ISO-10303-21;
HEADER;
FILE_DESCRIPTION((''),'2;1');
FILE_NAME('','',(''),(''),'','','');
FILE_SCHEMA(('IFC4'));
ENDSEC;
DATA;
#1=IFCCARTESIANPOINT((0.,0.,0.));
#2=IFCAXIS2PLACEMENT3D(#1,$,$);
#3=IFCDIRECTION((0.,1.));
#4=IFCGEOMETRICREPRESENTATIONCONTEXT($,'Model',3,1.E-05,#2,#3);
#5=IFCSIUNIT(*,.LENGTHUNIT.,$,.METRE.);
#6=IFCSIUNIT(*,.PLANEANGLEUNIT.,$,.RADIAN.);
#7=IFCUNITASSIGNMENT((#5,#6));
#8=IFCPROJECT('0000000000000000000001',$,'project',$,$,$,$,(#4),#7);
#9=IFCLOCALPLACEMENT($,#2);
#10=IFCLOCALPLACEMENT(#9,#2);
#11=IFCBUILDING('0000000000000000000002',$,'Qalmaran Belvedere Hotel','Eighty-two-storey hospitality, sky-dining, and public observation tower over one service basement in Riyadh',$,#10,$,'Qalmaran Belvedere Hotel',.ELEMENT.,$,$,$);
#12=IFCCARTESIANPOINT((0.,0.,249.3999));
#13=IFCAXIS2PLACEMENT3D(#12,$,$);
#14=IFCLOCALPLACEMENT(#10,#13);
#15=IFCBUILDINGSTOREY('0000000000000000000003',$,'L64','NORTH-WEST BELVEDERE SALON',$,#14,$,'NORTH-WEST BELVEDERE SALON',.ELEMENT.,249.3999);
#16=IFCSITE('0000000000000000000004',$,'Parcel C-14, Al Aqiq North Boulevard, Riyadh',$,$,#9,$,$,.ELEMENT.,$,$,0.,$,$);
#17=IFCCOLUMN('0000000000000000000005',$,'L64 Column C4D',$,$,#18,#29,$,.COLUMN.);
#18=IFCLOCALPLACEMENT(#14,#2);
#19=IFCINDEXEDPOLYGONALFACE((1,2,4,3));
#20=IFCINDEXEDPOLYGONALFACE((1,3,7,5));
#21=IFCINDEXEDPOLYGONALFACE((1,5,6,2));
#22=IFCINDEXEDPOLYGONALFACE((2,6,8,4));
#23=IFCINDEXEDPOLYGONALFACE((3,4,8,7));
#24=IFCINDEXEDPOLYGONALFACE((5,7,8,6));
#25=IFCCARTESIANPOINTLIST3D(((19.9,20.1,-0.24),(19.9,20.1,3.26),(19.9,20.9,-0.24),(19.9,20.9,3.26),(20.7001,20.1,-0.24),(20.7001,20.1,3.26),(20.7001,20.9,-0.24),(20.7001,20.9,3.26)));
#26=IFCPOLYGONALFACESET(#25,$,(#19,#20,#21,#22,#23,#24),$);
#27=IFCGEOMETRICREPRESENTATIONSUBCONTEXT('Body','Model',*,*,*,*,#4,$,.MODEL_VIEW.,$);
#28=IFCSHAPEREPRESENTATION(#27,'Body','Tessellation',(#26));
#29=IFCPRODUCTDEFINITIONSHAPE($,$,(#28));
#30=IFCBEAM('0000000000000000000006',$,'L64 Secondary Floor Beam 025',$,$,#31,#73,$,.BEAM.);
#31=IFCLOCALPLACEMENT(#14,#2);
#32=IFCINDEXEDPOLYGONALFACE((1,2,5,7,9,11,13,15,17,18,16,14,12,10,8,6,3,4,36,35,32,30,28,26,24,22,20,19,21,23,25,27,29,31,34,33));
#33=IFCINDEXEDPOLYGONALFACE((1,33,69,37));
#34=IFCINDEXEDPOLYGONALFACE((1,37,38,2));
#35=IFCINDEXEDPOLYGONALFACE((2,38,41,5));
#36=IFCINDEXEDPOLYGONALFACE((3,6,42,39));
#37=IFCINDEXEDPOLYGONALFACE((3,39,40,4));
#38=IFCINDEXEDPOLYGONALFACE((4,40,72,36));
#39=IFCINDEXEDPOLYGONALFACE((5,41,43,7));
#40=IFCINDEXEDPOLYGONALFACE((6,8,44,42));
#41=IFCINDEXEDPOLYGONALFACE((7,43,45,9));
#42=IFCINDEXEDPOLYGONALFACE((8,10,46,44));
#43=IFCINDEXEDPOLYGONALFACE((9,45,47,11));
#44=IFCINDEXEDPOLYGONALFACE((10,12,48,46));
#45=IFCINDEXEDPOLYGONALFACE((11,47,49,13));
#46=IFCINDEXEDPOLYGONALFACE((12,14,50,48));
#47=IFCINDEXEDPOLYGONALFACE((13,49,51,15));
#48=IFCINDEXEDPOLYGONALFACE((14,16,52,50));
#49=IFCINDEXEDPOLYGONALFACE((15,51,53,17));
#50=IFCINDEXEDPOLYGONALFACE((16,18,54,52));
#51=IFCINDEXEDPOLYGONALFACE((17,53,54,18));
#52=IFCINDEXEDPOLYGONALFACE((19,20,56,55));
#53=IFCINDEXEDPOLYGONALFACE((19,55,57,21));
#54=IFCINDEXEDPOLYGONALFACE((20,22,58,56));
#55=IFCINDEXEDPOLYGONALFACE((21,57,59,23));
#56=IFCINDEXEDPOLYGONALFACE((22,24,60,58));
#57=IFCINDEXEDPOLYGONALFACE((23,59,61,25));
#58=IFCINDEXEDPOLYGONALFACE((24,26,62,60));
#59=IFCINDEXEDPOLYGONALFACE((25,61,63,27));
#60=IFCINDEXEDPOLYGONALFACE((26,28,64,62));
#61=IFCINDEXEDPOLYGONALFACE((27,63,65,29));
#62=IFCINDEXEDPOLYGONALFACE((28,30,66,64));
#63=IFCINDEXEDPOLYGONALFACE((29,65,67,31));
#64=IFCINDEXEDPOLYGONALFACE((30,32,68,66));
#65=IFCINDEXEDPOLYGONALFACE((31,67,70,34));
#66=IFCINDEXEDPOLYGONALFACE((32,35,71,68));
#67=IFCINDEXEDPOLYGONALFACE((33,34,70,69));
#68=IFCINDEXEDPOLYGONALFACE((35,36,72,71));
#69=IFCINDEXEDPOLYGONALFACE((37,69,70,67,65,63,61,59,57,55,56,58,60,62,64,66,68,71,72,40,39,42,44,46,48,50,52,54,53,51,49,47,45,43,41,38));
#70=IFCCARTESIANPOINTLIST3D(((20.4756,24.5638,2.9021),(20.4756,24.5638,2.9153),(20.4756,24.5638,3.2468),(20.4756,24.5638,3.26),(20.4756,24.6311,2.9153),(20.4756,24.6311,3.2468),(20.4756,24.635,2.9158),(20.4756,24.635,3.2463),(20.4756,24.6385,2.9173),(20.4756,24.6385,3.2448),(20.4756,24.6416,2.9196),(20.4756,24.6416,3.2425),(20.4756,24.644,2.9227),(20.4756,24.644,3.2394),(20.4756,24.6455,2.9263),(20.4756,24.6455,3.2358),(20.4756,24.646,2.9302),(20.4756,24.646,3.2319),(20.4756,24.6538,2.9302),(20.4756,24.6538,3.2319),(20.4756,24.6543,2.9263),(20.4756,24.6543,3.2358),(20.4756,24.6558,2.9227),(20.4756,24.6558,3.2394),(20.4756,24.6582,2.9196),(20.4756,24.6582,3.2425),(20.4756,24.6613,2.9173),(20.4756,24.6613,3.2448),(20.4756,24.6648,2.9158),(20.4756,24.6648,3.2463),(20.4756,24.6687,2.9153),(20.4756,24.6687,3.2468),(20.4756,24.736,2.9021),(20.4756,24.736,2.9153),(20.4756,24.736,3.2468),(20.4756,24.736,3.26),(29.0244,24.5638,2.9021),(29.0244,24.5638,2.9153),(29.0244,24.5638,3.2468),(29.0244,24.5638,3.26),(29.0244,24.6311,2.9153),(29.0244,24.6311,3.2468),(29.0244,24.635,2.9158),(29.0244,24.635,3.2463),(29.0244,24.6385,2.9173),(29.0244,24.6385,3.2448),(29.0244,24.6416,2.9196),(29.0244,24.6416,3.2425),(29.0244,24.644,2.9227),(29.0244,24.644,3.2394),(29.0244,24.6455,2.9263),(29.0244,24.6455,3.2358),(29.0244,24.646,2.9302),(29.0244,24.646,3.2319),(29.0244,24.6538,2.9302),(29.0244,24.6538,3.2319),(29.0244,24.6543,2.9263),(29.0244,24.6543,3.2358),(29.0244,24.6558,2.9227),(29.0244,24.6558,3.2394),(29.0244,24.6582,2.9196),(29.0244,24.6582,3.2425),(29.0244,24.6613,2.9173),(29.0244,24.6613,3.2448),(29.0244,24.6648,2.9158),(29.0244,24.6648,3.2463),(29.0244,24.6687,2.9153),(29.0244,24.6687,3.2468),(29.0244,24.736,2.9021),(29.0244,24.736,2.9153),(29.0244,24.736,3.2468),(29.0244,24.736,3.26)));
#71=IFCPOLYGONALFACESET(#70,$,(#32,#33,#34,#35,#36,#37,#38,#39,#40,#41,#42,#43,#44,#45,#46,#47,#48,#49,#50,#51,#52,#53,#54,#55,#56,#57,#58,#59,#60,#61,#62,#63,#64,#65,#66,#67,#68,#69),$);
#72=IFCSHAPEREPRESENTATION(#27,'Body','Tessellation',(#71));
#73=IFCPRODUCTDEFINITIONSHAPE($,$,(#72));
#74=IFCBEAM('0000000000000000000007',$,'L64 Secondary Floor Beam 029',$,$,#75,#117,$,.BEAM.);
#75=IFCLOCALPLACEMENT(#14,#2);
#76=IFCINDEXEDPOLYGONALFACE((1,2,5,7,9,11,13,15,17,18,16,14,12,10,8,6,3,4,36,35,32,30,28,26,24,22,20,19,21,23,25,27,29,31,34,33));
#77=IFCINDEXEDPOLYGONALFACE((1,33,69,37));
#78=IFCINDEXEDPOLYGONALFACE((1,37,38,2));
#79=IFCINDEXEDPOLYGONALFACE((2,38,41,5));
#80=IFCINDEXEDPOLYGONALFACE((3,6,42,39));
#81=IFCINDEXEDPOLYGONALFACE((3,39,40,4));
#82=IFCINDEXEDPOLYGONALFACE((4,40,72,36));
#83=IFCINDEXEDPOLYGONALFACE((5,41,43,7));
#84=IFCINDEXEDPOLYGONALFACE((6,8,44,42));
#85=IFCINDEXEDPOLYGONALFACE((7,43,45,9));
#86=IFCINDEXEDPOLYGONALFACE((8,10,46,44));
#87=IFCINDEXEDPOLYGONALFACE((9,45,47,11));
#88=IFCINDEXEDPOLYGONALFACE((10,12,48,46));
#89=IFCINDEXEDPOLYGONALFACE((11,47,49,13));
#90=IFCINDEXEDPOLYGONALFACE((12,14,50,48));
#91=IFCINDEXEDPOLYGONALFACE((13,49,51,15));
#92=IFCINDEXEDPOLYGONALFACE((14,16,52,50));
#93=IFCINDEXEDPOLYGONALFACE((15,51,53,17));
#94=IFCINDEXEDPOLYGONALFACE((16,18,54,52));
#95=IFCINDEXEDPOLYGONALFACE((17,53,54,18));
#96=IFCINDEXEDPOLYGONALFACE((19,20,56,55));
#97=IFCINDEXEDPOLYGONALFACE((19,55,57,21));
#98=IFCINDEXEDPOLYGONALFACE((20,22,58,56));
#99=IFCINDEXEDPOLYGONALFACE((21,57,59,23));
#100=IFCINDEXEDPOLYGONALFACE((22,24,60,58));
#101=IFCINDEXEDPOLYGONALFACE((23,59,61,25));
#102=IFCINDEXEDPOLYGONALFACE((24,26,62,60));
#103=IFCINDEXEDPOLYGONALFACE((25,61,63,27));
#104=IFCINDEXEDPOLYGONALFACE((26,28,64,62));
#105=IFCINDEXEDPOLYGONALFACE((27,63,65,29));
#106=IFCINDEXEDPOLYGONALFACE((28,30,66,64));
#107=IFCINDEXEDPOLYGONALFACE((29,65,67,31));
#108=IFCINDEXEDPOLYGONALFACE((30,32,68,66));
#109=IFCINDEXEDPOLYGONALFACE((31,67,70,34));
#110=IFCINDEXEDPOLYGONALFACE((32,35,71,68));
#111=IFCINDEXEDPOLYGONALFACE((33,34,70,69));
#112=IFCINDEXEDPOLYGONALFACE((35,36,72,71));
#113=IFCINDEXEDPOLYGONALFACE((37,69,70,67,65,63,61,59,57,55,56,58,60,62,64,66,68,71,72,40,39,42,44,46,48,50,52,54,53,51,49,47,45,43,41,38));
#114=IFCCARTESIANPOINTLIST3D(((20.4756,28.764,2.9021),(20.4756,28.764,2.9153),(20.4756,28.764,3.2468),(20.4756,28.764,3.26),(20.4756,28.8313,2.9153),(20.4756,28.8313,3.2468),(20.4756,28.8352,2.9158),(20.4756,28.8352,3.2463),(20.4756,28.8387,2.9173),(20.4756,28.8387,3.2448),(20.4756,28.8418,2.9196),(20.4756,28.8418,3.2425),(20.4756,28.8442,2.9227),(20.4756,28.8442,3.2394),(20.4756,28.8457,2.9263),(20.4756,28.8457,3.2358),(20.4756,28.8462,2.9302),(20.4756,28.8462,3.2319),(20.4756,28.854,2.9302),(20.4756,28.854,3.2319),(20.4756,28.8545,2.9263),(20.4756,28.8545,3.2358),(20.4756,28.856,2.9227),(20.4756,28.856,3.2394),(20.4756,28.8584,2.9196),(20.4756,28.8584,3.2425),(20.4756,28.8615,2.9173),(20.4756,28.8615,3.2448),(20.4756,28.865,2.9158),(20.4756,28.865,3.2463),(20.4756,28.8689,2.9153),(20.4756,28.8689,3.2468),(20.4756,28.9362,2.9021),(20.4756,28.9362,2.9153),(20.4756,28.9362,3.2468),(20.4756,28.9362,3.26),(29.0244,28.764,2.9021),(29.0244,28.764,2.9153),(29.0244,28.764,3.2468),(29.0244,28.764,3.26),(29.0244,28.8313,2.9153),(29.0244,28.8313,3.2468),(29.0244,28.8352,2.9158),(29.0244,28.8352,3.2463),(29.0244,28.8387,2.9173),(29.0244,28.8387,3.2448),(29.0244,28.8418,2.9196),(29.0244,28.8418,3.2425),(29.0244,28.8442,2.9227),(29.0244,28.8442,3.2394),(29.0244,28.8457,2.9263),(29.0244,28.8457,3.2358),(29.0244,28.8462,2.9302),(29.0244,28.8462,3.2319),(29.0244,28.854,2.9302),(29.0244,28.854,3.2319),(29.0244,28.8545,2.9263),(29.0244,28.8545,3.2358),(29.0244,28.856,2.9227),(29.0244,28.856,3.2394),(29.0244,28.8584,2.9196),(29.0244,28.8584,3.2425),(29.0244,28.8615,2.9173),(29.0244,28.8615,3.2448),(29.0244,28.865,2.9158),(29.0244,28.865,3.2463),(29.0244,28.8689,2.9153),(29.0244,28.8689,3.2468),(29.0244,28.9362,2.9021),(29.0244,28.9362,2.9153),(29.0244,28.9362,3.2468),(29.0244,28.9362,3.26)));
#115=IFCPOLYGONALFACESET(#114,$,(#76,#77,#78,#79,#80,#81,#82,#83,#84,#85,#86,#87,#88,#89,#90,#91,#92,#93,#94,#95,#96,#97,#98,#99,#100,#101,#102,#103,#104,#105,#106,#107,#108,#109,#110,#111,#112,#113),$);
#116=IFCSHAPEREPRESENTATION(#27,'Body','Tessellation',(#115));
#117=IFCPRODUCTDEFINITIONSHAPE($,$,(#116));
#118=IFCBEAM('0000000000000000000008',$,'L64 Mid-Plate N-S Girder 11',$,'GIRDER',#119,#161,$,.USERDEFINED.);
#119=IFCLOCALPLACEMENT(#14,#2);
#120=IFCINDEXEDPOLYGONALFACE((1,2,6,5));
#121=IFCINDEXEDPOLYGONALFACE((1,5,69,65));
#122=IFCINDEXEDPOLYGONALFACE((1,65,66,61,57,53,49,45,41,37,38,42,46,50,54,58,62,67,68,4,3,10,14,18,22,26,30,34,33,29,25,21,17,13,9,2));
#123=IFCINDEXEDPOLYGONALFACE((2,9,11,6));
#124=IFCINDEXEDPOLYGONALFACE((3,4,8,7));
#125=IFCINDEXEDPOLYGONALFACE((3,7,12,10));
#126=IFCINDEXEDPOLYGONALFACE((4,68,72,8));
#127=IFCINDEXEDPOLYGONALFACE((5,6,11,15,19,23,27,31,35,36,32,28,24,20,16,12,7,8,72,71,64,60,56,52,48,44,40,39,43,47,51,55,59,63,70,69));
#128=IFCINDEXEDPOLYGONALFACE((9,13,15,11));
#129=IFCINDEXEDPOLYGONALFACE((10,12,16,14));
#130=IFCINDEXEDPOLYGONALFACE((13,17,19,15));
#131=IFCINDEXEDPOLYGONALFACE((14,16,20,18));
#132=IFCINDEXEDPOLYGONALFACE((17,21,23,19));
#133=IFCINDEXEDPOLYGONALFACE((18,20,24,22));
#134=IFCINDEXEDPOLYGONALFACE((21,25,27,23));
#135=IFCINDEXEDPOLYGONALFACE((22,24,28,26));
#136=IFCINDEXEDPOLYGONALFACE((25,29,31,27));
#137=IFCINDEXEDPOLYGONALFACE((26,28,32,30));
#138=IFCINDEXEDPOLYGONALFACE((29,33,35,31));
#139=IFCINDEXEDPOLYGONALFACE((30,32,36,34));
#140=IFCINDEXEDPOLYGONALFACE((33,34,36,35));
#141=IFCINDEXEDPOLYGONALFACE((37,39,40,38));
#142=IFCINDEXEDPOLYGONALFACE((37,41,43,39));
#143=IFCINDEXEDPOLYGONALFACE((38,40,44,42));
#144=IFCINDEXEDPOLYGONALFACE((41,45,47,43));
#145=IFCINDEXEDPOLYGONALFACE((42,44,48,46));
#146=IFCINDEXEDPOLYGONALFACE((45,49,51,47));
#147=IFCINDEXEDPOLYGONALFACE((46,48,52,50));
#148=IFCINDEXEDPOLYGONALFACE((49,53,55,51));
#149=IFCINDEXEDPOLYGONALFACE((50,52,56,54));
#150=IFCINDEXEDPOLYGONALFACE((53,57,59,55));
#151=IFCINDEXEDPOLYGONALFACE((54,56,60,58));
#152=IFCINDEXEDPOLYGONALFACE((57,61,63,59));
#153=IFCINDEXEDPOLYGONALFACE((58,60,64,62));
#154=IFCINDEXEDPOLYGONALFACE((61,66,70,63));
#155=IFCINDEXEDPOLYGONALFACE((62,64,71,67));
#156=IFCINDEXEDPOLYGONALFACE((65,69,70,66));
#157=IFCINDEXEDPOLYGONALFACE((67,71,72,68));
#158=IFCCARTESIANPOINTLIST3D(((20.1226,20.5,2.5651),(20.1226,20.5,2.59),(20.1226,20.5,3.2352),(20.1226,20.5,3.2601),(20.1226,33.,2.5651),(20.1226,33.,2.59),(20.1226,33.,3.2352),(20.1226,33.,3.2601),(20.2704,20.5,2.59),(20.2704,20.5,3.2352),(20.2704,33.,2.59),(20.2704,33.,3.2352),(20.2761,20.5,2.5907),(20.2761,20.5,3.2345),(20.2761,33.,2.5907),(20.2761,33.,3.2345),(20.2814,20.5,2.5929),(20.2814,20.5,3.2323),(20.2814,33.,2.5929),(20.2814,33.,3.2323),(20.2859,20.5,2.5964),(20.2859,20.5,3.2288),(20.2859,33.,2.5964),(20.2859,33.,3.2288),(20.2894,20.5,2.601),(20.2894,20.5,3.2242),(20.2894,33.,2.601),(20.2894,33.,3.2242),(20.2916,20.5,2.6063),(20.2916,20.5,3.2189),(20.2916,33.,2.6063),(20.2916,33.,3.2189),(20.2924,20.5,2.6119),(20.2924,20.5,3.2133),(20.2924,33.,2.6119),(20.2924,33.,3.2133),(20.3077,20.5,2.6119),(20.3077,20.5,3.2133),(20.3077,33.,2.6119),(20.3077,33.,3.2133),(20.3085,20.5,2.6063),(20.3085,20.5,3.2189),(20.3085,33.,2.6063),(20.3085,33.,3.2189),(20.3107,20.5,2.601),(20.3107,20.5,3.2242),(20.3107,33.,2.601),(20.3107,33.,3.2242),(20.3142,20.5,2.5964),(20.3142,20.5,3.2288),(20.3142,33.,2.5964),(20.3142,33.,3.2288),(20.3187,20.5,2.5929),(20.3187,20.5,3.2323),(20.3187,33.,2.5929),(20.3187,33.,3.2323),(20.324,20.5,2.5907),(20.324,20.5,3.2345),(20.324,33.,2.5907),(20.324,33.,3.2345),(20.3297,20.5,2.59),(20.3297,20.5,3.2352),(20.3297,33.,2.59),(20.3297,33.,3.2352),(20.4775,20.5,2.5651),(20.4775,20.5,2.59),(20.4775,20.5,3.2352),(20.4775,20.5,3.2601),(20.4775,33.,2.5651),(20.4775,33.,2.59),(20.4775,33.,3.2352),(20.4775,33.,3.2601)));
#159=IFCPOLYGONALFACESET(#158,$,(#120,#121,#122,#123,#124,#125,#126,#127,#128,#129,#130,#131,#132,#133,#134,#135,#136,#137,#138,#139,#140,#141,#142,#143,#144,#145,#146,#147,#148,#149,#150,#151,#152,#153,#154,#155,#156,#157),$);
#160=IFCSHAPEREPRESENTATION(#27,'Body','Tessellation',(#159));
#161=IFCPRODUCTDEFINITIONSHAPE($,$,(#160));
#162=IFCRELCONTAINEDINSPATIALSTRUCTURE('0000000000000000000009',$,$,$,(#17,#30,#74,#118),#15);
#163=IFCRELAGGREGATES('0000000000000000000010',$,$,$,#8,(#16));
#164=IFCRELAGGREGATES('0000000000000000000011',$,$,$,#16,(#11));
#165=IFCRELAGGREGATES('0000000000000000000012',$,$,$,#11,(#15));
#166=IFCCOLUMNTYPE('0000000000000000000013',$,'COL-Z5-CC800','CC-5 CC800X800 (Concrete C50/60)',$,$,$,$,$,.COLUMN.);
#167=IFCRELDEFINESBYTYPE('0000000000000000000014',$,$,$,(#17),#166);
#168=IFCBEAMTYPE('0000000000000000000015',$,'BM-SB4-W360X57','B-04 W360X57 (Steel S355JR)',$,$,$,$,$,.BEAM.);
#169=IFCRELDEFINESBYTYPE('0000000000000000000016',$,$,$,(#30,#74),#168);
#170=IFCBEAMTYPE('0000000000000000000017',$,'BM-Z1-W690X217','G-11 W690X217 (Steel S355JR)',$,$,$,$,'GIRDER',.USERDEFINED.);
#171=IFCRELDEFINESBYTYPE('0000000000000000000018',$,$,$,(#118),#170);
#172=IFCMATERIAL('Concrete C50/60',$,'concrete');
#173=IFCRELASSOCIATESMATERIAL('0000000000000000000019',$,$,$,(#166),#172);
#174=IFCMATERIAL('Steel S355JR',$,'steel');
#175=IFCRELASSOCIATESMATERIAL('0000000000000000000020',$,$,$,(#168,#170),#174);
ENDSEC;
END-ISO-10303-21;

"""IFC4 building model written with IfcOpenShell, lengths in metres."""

from ifc_helpers import new_model, si_unit, direction, frame, origin, origin_2d, place, context, subcontext, project, spatial, rectangle, i_section, extrude, material, material_profile, profile_set, type_object, element, save


model = new_model("IFC4")

# Units and contexts
model_context = context("Model", 3, precision=1e-05, world=origin(), true_north=direction((0.0, 1.0)))
body_context = subcontext(model_context, "Body", "Model", "MODEL_VIEW")
ifc_project = project(units=[si_unit("LENGTHUNIT", "METRE"), si_unit("PLANEANGLEUNIT", "RADIAN")], contexts=[model_context])

# Site, building, storey
site_placement = place(None, origin())
site = spatial("IfcSite", under=ifc_project, at=site_placement, Name="Parcel C-14, Al Aqiq North Boulevard, Riyadh", CompositionType="ELEMENT", RefElevation=0.0)
building_placement = place(site_placement, origin())
building = spatial("IfcBuilding", under=site, at=building_placement, Name="Qalmaran Belvedere Hotel", Description="Eighty-two-storey hospitality, sky-dining, and public observation tower over one service basement in Riyadh", LongName="Qalmaran Belvedere Hotel", CompositionType="ELEMENT")
storey_placement = place(building_placement, frame((0.0, 0.0, 249.3999)))
storey = spatial("IfcBuildingStorey", under=building, at=storey_placement, Name="L64", Description="NORTH-WEST BELVEDERE SALON", LongName="NORTH-WEST BELVEDERE SALON", CompositionType="ELEMENT", Elevation=249.3999)

# Column
ifc_material_1 = material(Name="Concrete C50/60", Category="concrete")
ifc_material_profile_1 = material_profile(ifc_material_1, rectangle(XDim=0.8, YDim=0.8, at=origin_2d()), Name="CC800X800")
ifc_profile_set_1 = profile_set([ifc_material_profile_1], Name="Concrete C50/60")
column_type = type_object("IfcColumnType", Name="COL-Z5-CC800", Description="CC-5 CC800X800 (Concrete C50/60)", PredefinedType="COLUMN", material=ifc_profile_set_1)
column_placement = place(storey_placement, frame((20.3, 20.5, -0.24), z_axis=(0.0, 0.0, 1.0), x_axis=(1.0, 0.0, 0.0)))
element("IfcColumn", 1, at=column_placement, inside=storey, type_object=column_type, Name="L64 Column C4D", PredefinedType="COLUMN", context=body_context, shape_type="SweptSolid", body=[
    extrude(rectangle(XDim=0.8, YDim=0.8, at=origin_2d()), origin(), (0.0, 0.0, 1.0), 3.5),
])

# Beams
ifc_material_2 = material(Name="Steel S355JR", Category="steel")
ifc_material_profile_2 = material_profile(ifc_material_2, i_section(OverallWidth=0.1721, OverallDepth=0.3579, WebThickness=0.0078, FlangeThickness=0.0132, FilletRadius=0.0149, at=origin_2d()), Name="W360X57")
ifc_profile_set_2 = profile_set([ifc_material_profile_2], Name="Steel S355JR")
beam_type_1 = type_object("IfcBeamType", Name="BM-SB4-W360X57", Description="B-04 W360X57 (Steel S355JR)", PredefinedType="BEAM", material=ifc_profile_set_2)
for number, where, z_axis, x_axis, name in (
    (2, (20.4756, 24.6499, 3.0811), (1.0, 0.0, 0.0), (0.0, 1.0, 0.0), "L64 Secondary Floor Beam 025"),
    (3, (20.4756, 28.8501, 3.0811), (1.0, 0.0, 0.0), (0.0, 1.0, 0.0), "L64 Secondary Floor Beam 029"),
):
    element("IfcBeam", number, at=place(storey_placement, frame(where, z_axis=z_axis, x_axis=x_axis)), inside=storey, type_object=beam_type_1, Name=name, PredefinedType="BEAM", context=body_context, shape_type="SweptSolid", body=[
        extrude(i_section(OverallWidth=0.1721, OverallDepth=0.3579, WebThickness=0.0078, FlangeThickness=0.0132, FilletRadius=0.0149, at=origin_2d()), origin(), (0.0, 0.0, 1.0), 8.5488),
    ])
ifc_material_profile_3 = material_profile(ifc_material_2, i_section(OverallWidth=0.355, OverallDepth=0.6951, WebThickness=0.0154, FlangeThickness=0.0249, FilletRadius=0.022, at=origin_2d()), Name="W690X217")
ifc_profile_set_3 = profile_set([ifc_material_profile_3], Name="Steel S355JR")
beam_type_2 = type_object("IfcBeamType", Name="BM-Z1-W690X217", Description="G-11 W690X217 (Steel S355JR)", ElementType="GIRDER", PredefinedType="USERDEFINED", material=ifc_profile_set_3)
beam_1_placement = place(storey_placement, frame((20.3, 20.5, 2.9126), z_axis=(0.0, 1.0, 0.0), x_axis=(-1.0, 0.0, 0.0)))
element("IfcBeam", 4, at=beam_1_placement, inside=storey, type_object=beam_type_2, Name="L64 Mid-Plate N-S Girder 11", ObjectType="GIRDER", PredefinedType="USERDEFINED", context=body_context, shape_type="SweptSolid", body=[
    extrude(i_section(OverallWidth=0.355, OverallDepth=0.6951, WebThickness=0.0154, FlangeThickness=0.0249, FilletRadius=0.022, at=origin_2d()), origin(), (0.0, 0.0, 1.0), 12.5),
])

save(model, "model.ifc")
